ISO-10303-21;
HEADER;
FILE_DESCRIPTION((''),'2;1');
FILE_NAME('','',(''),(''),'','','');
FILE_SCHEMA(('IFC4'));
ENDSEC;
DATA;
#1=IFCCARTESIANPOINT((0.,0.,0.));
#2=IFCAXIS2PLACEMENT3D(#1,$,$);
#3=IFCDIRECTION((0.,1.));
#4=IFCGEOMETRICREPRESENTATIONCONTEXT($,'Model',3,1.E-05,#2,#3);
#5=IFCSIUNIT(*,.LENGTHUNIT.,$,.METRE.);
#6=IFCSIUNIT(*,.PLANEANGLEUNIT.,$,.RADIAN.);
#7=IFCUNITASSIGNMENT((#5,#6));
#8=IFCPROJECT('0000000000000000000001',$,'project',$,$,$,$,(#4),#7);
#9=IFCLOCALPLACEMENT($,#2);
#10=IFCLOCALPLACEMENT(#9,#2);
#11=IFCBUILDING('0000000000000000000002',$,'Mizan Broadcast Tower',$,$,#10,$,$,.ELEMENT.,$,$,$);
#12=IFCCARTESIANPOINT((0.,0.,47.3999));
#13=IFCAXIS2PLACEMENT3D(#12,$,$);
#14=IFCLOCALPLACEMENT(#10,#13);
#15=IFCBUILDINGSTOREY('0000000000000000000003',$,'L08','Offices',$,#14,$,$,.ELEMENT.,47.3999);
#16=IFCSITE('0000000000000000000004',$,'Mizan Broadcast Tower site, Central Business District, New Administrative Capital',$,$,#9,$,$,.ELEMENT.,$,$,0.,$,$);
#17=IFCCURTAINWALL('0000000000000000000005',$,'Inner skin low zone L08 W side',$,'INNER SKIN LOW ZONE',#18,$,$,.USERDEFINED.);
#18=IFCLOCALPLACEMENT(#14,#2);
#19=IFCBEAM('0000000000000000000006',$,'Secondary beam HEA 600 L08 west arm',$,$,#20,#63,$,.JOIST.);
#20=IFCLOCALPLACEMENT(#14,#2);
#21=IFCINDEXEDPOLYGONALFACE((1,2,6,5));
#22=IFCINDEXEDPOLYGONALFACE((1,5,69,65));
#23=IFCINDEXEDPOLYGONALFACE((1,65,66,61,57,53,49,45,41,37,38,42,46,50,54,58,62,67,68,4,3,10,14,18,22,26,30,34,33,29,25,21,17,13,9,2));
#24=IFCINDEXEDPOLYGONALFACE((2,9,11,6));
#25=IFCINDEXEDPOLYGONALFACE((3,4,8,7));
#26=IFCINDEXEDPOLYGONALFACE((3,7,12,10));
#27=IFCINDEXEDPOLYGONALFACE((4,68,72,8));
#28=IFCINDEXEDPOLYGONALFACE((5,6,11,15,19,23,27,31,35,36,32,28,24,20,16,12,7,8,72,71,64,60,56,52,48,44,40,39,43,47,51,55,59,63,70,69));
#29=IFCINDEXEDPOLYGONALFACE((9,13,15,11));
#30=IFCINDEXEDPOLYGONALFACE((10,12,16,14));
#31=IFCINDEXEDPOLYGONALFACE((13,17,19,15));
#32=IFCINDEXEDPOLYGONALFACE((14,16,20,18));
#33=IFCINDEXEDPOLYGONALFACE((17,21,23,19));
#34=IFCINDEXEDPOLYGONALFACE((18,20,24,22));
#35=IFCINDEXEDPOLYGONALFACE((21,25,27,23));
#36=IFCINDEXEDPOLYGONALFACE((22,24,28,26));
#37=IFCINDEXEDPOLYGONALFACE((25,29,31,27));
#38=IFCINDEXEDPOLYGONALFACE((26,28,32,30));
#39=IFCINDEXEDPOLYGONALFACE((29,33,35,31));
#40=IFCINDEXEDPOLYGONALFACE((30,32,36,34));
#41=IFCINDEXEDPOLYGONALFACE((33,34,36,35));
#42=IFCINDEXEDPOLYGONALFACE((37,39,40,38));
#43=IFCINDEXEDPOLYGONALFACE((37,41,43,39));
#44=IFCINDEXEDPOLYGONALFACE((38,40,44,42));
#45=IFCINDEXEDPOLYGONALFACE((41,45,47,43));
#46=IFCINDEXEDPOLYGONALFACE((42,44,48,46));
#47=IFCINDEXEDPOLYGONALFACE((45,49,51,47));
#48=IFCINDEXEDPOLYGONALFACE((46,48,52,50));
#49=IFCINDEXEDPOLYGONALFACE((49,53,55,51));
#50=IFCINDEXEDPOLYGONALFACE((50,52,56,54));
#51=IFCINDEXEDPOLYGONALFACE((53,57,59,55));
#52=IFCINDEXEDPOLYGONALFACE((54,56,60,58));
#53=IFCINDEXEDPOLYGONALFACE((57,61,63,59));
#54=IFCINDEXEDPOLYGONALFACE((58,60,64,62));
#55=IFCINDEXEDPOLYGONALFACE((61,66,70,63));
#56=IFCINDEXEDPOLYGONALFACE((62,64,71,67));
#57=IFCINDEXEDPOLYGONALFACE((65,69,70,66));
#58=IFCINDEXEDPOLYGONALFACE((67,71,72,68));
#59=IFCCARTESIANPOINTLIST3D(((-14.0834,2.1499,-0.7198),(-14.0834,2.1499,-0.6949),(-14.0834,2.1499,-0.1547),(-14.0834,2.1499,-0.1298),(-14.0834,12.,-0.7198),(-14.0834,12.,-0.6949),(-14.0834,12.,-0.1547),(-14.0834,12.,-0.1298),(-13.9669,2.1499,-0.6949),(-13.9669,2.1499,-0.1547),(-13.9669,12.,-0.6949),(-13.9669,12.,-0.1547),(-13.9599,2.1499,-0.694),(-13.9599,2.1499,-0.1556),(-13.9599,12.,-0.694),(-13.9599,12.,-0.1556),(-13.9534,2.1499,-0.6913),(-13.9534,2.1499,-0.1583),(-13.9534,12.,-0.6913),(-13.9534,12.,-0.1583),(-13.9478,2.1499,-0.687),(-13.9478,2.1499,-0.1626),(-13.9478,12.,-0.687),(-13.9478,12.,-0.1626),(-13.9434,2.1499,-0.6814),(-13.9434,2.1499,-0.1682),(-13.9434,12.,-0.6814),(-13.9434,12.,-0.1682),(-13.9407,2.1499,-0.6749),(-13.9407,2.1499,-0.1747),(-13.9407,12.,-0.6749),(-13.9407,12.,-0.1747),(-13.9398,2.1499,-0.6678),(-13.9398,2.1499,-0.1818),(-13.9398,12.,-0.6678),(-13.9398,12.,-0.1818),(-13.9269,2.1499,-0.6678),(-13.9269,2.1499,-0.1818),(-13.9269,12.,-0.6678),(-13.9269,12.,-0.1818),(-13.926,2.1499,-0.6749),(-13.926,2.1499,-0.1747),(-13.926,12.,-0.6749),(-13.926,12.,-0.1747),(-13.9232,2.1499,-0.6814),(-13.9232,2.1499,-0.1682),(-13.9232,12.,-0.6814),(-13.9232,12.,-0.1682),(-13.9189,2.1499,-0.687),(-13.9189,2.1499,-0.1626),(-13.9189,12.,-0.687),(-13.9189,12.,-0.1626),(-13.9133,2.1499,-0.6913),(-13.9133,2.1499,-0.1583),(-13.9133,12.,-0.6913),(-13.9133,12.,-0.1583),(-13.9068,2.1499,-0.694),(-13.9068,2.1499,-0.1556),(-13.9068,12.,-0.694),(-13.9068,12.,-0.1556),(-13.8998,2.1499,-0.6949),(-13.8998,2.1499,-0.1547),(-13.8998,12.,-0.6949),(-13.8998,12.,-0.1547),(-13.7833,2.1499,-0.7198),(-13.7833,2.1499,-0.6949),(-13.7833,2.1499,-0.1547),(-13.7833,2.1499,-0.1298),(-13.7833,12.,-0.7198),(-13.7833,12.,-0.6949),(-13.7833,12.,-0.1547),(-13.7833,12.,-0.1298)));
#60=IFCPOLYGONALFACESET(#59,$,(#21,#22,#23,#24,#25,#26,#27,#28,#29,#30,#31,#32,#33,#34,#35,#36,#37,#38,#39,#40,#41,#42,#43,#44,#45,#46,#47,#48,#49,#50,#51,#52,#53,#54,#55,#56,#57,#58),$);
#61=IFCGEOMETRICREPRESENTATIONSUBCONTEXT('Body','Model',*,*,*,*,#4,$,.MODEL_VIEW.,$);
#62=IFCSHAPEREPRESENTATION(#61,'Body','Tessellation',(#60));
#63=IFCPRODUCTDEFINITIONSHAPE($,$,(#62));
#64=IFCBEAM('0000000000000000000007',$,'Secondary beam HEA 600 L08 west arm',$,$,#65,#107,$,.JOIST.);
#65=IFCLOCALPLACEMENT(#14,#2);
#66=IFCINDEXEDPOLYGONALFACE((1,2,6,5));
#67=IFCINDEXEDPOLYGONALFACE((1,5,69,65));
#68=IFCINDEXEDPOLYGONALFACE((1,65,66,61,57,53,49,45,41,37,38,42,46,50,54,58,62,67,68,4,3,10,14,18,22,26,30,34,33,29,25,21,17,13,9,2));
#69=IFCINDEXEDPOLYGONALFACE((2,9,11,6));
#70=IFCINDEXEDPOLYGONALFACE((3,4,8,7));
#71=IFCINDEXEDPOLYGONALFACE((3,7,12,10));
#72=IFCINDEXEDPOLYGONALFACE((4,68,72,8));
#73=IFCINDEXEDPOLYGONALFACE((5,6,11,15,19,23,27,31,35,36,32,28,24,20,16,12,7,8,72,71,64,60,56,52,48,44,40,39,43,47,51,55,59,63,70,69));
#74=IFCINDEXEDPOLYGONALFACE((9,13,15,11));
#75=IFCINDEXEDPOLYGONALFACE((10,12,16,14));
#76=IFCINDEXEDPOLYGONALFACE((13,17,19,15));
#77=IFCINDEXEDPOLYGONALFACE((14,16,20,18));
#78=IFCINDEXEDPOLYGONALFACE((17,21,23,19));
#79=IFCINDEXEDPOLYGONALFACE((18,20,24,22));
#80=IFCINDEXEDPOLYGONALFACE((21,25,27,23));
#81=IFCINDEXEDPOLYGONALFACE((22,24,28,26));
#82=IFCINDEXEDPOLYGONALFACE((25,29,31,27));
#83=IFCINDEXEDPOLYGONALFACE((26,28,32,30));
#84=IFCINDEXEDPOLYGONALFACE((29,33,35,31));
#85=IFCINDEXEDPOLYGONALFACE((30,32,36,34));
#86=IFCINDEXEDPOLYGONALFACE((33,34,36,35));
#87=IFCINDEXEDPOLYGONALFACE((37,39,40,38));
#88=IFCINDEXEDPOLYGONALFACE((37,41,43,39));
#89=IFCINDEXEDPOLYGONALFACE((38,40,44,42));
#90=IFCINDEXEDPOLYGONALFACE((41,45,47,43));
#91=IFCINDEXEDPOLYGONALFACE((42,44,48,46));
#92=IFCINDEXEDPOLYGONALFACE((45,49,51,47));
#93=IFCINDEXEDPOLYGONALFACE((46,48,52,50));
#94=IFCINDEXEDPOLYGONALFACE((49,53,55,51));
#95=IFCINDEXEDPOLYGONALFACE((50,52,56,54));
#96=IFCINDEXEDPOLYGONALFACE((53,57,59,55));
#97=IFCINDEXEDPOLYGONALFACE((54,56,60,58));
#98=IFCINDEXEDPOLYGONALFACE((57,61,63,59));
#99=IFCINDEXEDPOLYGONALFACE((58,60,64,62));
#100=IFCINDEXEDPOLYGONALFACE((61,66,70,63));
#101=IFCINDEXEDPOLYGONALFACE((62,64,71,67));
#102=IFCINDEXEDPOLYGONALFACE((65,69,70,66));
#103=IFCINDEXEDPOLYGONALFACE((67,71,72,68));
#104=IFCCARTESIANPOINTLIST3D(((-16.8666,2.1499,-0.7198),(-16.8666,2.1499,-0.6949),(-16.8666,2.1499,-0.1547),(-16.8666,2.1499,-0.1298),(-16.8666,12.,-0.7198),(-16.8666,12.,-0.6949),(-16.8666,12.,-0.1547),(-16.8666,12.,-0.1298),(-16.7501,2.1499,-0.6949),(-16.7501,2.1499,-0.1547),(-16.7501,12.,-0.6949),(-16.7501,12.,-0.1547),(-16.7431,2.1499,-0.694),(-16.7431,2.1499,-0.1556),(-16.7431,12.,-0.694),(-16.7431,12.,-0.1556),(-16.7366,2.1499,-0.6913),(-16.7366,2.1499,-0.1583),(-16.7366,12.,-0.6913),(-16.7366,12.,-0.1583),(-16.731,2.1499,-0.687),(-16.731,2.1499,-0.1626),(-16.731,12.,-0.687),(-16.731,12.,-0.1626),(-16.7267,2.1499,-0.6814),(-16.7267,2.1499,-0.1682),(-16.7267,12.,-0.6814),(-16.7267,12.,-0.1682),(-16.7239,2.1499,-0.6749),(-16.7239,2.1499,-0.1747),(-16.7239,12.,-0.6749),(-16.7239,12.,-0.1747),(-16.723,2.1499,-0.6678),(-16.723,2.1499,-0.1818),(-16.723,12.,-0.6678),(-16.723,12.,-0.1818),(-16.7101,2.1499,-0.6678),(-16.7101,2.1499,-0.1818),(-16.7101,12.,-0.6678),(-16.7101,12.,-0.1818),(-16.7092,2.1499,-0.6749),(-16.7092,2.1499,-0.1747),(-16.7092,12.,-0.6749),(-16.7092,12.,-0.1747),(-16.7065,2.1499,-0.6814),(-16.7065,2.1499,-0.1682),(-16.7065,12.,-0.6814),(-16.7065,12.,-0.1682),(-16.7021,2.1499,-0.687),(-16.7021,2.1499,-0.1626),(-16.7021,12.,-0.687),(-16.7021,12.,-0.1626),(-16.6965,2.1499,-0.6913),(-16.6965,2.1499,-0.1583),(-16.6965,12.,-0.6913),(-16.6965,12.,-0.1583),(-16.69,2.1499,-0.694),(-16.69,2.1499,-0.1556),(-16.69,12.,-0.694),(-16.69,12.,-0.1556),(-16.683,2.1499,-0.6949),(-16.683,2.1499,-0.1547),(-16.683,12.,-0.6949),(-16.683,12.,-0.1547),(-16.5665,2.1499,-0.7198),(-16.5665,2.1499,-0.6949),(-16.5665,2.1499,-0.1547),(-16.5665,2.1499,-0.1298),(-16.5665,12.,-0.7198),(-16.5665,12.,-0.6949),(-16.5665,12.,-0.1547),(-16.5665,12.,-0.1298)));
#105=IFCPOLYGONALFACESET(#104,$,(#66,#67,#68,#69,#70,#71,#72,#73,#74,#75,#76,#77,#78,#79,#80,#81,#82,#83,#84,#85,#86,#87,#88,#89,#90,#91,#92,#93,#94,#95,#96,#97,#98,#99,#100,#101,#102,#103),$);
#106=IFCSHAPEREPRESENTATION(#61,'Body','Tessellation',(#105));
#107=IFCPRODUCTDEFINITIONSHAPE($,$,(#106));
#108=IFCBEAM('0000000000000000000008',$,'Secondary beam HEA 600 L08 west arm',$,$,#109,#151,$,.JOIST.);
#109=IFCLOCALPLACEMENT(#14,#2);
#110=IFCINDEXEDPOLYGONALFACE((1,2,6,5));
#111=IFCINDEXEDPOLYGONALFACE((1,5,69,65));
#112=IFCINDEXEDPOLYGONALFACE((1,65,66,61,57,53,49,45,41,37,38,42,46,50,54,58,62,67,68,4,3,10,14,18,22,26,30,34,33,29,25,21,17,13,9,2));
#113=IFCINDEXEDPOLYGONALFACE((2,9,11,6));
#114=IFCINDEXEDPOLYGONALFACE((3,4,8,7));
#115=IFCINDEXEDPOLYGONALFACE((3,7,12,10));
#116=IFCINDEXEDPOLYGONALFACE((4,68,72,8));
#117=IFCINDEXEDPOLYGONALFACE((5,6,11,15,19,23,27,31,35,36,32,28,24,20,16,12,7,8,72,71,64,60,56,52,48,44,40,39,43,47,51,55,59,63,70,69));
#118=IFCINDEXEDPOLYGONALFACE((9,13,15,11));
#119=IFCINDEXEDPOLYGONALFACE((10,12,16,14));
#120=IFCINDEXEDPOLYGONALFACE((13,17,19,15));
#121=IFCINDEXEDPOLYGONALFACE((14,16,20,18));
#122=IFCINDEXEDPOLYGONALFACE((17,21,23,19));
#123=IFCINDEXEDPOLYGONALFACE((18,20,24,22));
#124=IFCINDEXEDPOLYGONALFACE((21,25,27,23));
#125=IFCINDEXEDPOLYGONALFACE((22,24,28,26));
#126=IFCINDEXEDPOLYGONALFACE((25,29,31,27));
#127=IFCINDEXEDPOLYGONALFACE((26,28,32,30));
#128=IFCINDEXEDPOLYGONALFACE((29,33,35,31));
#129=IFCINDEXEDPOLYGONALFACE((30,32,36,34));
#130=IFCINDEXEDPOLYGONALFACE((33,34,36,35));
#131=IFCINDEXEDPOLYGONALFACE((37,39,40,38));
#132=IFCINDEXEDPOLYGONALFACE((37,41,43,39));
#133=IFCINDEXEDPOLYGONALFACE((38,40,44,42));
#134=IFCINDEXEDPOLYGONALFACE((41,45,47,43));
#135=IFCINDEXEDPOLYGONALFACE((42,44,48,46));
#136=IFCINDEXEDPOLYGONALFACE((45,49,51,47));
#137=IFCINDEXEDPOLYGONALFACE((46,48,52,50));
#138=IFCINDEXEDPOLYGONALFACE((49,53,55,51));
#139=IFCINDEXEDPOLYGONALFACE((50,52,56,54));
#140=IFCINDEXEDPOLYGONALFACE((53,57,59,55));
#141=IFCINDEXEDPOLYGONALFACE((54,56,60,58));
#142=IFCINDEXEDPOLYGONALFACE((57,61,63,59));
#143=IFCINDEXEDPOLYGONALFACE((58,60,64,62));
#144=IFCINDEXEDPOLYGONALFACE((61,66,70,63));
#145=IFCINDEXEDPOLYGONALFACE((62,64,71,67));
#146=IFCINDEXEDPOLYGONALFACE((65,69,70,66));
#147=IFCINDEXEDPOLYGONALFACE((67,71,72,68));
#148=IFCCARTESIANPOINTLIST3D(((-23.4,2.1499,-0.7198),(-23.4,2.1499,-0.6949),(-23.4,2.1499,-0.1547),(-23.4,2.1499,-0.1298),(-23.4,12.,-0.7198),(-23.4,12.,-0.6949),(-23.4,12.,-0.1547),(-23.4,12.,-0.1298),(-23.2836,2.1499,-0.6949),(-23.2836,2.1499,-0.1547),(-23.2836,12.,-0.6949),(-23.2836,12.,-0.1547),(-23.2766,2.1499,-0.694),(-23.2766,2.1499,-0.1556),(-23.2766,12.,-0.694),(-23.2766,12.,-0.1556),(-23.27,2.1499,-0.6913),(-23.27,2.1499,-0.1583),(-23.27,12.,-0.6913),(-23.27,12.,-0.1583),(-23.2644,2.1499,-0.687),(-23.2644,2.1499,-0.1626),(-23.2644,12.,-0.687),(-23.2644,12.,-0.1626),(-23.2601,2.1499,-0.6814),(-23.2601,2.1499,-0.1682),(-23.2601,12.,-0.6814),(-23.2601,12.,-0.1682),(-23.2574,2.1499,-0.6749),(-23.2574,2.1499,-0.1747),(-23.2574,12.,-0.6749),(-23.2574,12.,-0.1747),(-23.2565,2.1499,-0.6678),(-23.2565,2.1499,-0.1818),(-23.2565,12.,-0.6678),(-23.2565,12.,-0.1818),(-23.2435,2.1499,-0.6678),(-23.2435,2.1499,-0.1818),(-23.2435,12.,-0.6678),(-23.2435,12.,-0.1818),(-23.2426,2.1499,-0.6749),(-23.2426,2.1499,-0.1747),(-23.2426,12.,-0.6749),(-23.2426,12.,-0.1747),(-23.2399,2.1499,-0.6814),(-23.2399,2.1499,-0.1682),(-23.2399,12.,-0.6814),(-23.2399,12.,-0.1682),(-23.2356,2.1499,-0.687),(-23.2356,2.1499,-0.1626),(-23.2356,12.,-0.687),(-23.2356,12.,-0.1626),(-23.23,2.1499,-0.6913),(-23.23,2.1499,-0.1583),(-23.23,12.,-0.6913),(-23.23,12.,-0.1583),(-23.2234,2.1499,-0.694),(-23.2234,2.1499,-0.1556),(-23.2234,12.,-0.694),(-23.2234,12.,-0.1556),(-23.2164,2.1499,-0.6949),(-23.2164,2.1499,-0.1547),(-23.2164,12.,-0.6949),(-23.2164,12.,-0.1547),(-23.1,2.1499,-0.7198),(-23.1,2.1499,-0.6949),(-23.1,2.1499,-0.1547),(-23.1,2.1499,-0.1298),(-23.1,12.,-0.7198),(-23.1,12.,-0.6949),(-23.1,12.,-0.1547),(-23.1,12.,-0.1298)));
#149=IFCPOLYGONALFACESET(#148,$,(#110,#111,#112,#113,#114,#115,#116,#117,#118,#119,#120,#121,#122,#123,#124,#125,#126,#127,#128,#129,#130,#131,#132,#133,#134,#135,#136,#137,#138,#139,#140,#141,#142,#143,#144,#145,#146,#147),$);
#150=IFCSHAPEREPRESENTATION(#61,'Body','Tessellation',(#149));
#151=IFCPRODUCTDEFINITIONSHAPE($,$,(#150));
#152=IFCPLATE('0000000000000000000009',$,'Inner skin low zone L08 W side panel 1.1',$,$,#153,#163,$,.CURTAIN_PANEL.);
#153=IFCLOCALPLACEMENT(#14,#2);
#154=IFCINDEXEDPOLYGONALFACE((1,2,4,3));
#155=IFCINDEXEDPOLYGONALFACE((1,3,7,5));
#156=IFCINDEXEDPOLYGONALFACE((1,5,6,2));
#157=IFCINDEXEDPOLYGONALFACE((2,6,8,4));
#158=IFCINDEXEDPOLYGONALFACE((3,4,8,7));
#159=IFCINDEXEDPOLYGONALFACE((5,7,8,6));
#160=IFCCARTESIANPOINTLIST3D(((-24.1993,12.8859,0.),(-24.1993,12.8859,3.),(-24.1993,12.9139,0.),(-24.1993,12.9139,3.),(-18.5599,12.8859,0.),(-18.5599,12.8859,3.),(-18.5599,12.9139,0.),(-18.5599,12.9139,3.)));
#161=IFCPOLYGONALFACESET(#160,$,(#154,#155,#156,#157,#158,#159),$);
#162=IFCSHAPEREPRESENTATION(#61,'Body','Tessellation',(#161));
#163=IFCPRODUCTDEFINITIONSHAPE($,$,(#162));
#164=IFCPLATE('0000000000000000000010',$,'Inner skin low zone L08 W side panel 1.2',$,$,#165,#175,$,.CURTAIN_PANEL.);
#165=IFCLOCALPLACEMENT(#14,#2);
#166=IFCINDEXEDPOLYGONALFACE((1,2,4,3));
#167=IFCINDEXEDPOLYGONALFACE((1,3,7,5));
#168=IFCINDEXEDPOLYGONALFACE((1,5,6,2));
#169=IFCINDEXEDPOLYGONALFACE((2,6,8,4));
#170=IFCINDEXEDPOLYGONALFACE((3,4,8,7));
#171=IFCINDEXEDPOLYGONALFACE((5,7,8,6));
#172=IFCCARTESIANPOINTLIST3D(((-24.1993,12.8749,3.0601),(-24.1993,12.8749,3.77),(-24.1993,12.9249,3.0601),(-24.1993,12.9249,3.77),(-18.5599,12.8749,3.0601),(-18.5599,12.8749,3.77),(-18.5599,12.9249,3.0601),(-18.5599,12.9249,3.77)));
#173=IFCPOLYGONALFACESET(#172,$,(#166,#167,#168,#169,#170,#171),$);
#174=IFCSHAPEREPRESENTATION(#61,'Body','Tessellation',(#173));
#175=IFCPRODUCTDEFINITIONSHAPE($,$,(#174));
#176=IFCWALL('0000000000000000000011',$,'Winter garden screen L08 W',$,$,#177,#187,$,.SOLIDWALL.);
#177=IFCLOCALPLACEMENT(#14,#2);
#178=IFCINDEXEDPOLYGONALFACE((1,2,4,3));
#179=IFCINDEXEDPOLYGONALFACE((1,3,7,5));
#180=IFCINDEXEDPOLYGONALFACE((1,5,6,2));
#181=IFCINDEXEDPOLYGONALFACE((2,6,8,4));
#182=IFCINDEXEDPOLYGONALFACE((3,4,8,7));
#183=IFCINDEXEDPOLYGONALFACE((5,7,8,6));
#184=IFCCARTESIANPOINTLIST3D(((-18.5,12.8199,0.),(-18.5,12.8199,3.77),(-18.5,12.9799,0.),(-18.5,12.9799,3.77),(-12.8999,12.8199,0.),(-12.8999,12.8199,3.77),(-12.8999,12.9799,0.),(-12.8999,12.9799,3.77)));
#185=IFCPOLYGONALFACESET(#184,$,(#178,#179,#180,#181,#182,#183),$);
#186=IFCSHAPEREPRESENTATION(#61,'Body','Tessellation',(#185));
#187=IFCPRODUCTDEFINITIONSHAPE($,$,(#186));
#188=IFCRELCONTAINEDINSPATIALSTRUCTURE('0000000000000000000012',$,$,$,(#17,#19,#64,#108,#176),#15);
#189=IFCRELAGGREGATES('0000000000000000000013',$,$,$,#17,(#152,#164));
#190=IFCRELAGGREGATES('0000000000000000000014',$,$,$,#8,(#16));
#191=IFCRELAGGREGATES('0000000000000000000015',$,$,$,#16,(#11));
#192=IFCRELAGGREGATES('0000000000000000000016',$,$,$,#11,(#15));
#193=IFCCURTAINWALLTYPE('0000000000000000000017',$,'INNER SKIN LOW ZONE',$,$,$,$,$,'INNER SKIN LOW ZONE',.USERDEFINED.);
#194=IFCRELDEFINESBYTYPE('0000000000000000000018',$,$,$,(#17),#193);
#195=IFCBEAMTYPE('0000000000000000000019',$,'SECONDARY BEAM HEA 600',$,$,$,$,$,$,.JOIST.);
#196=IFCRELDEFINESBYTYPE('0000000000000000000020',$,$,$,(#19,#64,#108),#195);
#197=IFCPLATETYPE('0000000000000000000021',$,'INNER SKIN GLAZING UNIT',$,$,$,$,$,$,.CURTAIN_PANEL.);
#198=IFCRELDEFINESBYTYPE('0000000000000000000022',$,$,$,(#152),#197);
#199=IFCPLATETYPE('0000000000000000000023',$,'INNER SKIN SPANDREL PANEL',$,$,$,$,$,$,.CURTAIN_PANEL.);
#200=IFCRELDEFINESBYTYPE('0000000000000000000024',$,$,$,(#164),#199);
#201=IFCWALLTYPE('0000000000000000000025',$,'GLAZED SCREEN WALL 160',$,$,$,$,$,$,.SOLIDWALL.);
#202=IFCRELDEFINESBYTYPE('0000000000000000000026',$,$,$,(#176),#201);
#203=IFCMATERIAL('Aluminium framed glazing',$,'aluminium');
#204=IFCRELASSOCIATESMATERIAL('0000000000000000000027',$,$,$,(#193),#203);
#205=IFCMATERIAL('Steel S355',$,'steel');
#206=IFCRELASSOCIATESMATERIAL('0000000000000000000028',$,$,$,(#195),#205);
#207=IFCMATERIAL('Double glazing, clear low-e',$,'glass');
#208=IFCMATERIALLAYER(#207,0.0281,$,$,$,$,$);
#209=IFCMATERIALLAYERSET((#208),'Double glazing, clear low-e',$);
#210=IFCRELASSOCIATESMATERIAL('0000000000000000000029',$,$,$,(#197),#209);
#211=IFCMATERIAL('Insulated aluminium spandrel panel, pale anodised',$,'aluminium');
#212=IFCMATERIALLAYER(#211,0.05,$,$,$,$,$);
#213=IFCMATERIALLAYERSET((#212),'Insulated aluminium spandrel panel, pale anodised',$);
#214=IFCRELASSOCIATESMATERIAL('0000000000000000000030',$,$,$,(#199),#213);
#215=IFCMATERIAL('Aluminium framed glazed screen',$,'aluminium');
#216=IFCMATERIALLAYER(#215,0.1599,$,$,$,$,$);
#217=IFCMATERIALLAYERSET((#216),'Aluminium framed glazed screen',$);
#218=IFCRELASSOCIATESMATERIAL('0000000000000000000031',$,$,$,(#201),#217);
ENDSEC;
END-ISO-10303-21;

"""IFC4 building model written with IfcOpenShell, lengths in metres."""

from ifc_helpers import new_model, si_unit, direction, frame, frame_2d, origin, origin_2d, place, context, subcontext, project, spatial, rectangle, i_section, extrude, material, layer, layer_set, material_profile, profile_set, type_object, element, aggregate, save


model = new_model("IFC4")

# Units and contexts
model_context = context("Model", 3, precision=1e-05, world=origin(), true_north=direction((0.0, 1.0)))
body_context = subcontext(model_context, "Body", "Model", "MODEL_VIEW")
ifc_project = project(units=[si_unit("LENGTHUNIT", "METRE"), si_unit("PLANEANGLEUNIT", "RADIAN")], contexts=[model_context])

# Site, building, storey
site_placement = place(None, origin())
site = spatial("IfcSite", under=ifc_project, at=site_placement, Name="Mizan Broadcast Tower site, Central Business District, New Administrative Capital", CompositionType="ELEMENT", RefElevation=0.0)
building_placement = place(site_placement, origin())
building = spatial("IfcBuilding", under=site, at=building_placement, Name="Mizan Broadcast Tower", CompositionType="ELEMENT")
storey_placement = place(building_placement, frame((0.0, 0.0, 47.3999)))
storey = spatial("IfcBuildingStorey", under=building, at=storey_placement, Name="L08", Description="Offices", CompositionType="ELEMENT", Elevation=47.3999)

# Curtain wall
ifc_material_1 = material(Name="Aluminium framed glazing", Category="aluminium")
curtain_wall_type = type_object("IfcCurtainWallType", Name="INNER SKIN LOW ZONE", ElementType="INNER SKIN LOW ZONE", PredefinedType="USERDEFINED", material=ifc_material_1)
curtain_wall_placement = place(storey_placement, origin())
curtain_wall = element("IfcCurtainWall", 1, at=curtain_wall_placement, inside=storey, type_object=curtain_wall_type, Name="Inner skin low zone L08 W side", ObjectType="INNER SKIN LOW ZONE", PredefinedType="USERDEFINED")

# Beams
ifc_material_2 = material(Name="Steel S355", Category="steel")
ifc_material_profile_1 = material_profile(ifc_material_2, i_section(OverallWidth=0.3, OverallDepth=0.5901, WebThickness=0.0129, FlangeThickness=0.0249, FilletRadius=0.0271, at=origin_2d()), Name="HEA 600")
ifc_profile_set_1 = profile_set([ifc_material_profile_1], Name="Steel S355")
beam_type_1 = type_object("IfcBeamType", Name="SECONDARY BEAM HEA 600", PredefinedType="JOIST", material=ifc_profile_set_1)
for number, where, z_axis, x_axis, name in (
    (2, (-13.9333, 12.0, -0.4248), (0.0, -1.0, 0.0), (1.0, 0.0, 0.0), "Secondary beam HEA 600 L08 west arm"),
    (3, (-16.7166, 12.0, -0.4248), (0.0, -1.0, 0.0), (1.0, 0.0, 0.0), "Secondary beam HEA 600 L08 west arm"),
    (4, (-23.25, 12.0, -0.4248), (0.0, -1.0, 0.0), (1.0, 0.0, 0.0), "Secondary beam HEA 600 L08 west arm"),
):
    element("IfcBeam", number, at=place(storey_placement, frame(where, z_axis=z_axis, x_axis=x_axis)), inside=storey, type_object=beam_type_1, Name=name, PredefinedType="JOIST", context=body_context, shape_type="SweptSolid", body=[
        extrude(i_section(OverallWidth=0.3, OverallDepth=0.5901, WebThickness=0.0129, FlangeThickness=0.0249, FilletRadius=0.0271, at=origin_2d()), origin(), (0.0, 0.0, 1.0), 9.8501),
    ])

# Plates
ifc_material_3 = material(Name="Double glazing, clear low-e", Category="glass")
ifc_layer_1 = layer(ifc_material_3, 0.0281)
ifc_layer_set_1 = layer_set([ifc_layer_1], Name="Double glazing, clear low-e")
plate_type_1 = type_object("IfcPlateType", Name="INNER SKIN GLAZING UNIT", PredefinedType="CURTAIN_PANEL", material=ifc_layer_set_1)
plate_1_placement = place(storey_placement, frame((-21.3796, 12.8999, 0.0), z_axis=(0.0, 0.0, 1.0), x_axis=(-1.0, 0.0, 0.0)))
plate_1 = element("IfcPlate", 5, at=plate_1_placement, type_object=plate_type_1, Name="Inner skin low zone L08 W side panel 1.1", PredefinedType="CURTAIN_PANEL", context=body_context, shape_type="SweptSolid", body=[
    extrude(rectangle(XDim=5.6394, YDim=0.0281, at=origin_2d()), origin(), (0.0, 0.0, 1.0), 3.0),
])
ifc_material_4 = material(Name="Insulated aluminium spandrel panel, pale anodised", Category="aluminium")
ifc_layer_2 = layer(ifc_material_4, 0.05)
ifc_layer_set_2 = layer_set([ifc_layer_2], Name="Insulated aluminium spandrel panel, pale anodised")
plate_type_2 = type_object("IfcPlateType", Name="INNER SKIN SPANDREL PANEL", PredefinedType="CURTAIN_PANEL", material=ifc_layer_set_2)
plate_2_placement = place(storey_placement, frame((-21.3796, 12.8999, 3.0601), z_axis=(0.0, 0.0, 1.0), x_axis=(-1.0, 0.0, 0.0)))
plate_2 = element("IfcPlate", 6, at=plate_2_placement, type_object=plate_type_2, Name="Inner skin low zone L08 W side panel 1.2", PredefinedType="CURTAIN_PANEL", context=body_context, shape_type="SweptSolid", body=[
    extrude(rectangle(XDim=5.6394, YDim=0.05, at=origin_2d()), origin(), (0.0, 0.0, 1.0), 0.71),
])
aggregate(curtain_wall, [plate_1, plate_2])

# Wall
ifc_material_5 = material(Name="Aluminium framed glazed screen", Category="aluminium")
ifc_layer_3 = layer(ifc_material_5, 0.1599)
ifc_layer_set_3 = layer_set([ifc_layer_3], Name="Aluminium framed glazed screen")
wall_type_1 = type_object("IfcWallType", Name="GLAZED SCREEN WALL 160", PredefinedType="SOLIDWALL", material=ifc_layer_set_3)
wall_1_placement = place(storey_placement, frame((-12.8999, 12.8999, 0.0), z_axis=(0.0, 0.0, 1.0), x_axis=(-1.0, 0.0, 0.0)))
element("IfcWall", 7, at=wall_1_placement, inside=storey, type_object=wall_type_1, Name="Winter garden screen L08 W", PredefinedType="SOLIDWALL", context=body_context, shape_type="SweptSolid", body=[
    extrude(rectangle(XDim=5.6001, YDim=0.1599, at=frame_2d((2.8, 0.0))), origin(), (0.0, 0.0, 1.0), 3.77),
])

save(model, "model.ifc")
